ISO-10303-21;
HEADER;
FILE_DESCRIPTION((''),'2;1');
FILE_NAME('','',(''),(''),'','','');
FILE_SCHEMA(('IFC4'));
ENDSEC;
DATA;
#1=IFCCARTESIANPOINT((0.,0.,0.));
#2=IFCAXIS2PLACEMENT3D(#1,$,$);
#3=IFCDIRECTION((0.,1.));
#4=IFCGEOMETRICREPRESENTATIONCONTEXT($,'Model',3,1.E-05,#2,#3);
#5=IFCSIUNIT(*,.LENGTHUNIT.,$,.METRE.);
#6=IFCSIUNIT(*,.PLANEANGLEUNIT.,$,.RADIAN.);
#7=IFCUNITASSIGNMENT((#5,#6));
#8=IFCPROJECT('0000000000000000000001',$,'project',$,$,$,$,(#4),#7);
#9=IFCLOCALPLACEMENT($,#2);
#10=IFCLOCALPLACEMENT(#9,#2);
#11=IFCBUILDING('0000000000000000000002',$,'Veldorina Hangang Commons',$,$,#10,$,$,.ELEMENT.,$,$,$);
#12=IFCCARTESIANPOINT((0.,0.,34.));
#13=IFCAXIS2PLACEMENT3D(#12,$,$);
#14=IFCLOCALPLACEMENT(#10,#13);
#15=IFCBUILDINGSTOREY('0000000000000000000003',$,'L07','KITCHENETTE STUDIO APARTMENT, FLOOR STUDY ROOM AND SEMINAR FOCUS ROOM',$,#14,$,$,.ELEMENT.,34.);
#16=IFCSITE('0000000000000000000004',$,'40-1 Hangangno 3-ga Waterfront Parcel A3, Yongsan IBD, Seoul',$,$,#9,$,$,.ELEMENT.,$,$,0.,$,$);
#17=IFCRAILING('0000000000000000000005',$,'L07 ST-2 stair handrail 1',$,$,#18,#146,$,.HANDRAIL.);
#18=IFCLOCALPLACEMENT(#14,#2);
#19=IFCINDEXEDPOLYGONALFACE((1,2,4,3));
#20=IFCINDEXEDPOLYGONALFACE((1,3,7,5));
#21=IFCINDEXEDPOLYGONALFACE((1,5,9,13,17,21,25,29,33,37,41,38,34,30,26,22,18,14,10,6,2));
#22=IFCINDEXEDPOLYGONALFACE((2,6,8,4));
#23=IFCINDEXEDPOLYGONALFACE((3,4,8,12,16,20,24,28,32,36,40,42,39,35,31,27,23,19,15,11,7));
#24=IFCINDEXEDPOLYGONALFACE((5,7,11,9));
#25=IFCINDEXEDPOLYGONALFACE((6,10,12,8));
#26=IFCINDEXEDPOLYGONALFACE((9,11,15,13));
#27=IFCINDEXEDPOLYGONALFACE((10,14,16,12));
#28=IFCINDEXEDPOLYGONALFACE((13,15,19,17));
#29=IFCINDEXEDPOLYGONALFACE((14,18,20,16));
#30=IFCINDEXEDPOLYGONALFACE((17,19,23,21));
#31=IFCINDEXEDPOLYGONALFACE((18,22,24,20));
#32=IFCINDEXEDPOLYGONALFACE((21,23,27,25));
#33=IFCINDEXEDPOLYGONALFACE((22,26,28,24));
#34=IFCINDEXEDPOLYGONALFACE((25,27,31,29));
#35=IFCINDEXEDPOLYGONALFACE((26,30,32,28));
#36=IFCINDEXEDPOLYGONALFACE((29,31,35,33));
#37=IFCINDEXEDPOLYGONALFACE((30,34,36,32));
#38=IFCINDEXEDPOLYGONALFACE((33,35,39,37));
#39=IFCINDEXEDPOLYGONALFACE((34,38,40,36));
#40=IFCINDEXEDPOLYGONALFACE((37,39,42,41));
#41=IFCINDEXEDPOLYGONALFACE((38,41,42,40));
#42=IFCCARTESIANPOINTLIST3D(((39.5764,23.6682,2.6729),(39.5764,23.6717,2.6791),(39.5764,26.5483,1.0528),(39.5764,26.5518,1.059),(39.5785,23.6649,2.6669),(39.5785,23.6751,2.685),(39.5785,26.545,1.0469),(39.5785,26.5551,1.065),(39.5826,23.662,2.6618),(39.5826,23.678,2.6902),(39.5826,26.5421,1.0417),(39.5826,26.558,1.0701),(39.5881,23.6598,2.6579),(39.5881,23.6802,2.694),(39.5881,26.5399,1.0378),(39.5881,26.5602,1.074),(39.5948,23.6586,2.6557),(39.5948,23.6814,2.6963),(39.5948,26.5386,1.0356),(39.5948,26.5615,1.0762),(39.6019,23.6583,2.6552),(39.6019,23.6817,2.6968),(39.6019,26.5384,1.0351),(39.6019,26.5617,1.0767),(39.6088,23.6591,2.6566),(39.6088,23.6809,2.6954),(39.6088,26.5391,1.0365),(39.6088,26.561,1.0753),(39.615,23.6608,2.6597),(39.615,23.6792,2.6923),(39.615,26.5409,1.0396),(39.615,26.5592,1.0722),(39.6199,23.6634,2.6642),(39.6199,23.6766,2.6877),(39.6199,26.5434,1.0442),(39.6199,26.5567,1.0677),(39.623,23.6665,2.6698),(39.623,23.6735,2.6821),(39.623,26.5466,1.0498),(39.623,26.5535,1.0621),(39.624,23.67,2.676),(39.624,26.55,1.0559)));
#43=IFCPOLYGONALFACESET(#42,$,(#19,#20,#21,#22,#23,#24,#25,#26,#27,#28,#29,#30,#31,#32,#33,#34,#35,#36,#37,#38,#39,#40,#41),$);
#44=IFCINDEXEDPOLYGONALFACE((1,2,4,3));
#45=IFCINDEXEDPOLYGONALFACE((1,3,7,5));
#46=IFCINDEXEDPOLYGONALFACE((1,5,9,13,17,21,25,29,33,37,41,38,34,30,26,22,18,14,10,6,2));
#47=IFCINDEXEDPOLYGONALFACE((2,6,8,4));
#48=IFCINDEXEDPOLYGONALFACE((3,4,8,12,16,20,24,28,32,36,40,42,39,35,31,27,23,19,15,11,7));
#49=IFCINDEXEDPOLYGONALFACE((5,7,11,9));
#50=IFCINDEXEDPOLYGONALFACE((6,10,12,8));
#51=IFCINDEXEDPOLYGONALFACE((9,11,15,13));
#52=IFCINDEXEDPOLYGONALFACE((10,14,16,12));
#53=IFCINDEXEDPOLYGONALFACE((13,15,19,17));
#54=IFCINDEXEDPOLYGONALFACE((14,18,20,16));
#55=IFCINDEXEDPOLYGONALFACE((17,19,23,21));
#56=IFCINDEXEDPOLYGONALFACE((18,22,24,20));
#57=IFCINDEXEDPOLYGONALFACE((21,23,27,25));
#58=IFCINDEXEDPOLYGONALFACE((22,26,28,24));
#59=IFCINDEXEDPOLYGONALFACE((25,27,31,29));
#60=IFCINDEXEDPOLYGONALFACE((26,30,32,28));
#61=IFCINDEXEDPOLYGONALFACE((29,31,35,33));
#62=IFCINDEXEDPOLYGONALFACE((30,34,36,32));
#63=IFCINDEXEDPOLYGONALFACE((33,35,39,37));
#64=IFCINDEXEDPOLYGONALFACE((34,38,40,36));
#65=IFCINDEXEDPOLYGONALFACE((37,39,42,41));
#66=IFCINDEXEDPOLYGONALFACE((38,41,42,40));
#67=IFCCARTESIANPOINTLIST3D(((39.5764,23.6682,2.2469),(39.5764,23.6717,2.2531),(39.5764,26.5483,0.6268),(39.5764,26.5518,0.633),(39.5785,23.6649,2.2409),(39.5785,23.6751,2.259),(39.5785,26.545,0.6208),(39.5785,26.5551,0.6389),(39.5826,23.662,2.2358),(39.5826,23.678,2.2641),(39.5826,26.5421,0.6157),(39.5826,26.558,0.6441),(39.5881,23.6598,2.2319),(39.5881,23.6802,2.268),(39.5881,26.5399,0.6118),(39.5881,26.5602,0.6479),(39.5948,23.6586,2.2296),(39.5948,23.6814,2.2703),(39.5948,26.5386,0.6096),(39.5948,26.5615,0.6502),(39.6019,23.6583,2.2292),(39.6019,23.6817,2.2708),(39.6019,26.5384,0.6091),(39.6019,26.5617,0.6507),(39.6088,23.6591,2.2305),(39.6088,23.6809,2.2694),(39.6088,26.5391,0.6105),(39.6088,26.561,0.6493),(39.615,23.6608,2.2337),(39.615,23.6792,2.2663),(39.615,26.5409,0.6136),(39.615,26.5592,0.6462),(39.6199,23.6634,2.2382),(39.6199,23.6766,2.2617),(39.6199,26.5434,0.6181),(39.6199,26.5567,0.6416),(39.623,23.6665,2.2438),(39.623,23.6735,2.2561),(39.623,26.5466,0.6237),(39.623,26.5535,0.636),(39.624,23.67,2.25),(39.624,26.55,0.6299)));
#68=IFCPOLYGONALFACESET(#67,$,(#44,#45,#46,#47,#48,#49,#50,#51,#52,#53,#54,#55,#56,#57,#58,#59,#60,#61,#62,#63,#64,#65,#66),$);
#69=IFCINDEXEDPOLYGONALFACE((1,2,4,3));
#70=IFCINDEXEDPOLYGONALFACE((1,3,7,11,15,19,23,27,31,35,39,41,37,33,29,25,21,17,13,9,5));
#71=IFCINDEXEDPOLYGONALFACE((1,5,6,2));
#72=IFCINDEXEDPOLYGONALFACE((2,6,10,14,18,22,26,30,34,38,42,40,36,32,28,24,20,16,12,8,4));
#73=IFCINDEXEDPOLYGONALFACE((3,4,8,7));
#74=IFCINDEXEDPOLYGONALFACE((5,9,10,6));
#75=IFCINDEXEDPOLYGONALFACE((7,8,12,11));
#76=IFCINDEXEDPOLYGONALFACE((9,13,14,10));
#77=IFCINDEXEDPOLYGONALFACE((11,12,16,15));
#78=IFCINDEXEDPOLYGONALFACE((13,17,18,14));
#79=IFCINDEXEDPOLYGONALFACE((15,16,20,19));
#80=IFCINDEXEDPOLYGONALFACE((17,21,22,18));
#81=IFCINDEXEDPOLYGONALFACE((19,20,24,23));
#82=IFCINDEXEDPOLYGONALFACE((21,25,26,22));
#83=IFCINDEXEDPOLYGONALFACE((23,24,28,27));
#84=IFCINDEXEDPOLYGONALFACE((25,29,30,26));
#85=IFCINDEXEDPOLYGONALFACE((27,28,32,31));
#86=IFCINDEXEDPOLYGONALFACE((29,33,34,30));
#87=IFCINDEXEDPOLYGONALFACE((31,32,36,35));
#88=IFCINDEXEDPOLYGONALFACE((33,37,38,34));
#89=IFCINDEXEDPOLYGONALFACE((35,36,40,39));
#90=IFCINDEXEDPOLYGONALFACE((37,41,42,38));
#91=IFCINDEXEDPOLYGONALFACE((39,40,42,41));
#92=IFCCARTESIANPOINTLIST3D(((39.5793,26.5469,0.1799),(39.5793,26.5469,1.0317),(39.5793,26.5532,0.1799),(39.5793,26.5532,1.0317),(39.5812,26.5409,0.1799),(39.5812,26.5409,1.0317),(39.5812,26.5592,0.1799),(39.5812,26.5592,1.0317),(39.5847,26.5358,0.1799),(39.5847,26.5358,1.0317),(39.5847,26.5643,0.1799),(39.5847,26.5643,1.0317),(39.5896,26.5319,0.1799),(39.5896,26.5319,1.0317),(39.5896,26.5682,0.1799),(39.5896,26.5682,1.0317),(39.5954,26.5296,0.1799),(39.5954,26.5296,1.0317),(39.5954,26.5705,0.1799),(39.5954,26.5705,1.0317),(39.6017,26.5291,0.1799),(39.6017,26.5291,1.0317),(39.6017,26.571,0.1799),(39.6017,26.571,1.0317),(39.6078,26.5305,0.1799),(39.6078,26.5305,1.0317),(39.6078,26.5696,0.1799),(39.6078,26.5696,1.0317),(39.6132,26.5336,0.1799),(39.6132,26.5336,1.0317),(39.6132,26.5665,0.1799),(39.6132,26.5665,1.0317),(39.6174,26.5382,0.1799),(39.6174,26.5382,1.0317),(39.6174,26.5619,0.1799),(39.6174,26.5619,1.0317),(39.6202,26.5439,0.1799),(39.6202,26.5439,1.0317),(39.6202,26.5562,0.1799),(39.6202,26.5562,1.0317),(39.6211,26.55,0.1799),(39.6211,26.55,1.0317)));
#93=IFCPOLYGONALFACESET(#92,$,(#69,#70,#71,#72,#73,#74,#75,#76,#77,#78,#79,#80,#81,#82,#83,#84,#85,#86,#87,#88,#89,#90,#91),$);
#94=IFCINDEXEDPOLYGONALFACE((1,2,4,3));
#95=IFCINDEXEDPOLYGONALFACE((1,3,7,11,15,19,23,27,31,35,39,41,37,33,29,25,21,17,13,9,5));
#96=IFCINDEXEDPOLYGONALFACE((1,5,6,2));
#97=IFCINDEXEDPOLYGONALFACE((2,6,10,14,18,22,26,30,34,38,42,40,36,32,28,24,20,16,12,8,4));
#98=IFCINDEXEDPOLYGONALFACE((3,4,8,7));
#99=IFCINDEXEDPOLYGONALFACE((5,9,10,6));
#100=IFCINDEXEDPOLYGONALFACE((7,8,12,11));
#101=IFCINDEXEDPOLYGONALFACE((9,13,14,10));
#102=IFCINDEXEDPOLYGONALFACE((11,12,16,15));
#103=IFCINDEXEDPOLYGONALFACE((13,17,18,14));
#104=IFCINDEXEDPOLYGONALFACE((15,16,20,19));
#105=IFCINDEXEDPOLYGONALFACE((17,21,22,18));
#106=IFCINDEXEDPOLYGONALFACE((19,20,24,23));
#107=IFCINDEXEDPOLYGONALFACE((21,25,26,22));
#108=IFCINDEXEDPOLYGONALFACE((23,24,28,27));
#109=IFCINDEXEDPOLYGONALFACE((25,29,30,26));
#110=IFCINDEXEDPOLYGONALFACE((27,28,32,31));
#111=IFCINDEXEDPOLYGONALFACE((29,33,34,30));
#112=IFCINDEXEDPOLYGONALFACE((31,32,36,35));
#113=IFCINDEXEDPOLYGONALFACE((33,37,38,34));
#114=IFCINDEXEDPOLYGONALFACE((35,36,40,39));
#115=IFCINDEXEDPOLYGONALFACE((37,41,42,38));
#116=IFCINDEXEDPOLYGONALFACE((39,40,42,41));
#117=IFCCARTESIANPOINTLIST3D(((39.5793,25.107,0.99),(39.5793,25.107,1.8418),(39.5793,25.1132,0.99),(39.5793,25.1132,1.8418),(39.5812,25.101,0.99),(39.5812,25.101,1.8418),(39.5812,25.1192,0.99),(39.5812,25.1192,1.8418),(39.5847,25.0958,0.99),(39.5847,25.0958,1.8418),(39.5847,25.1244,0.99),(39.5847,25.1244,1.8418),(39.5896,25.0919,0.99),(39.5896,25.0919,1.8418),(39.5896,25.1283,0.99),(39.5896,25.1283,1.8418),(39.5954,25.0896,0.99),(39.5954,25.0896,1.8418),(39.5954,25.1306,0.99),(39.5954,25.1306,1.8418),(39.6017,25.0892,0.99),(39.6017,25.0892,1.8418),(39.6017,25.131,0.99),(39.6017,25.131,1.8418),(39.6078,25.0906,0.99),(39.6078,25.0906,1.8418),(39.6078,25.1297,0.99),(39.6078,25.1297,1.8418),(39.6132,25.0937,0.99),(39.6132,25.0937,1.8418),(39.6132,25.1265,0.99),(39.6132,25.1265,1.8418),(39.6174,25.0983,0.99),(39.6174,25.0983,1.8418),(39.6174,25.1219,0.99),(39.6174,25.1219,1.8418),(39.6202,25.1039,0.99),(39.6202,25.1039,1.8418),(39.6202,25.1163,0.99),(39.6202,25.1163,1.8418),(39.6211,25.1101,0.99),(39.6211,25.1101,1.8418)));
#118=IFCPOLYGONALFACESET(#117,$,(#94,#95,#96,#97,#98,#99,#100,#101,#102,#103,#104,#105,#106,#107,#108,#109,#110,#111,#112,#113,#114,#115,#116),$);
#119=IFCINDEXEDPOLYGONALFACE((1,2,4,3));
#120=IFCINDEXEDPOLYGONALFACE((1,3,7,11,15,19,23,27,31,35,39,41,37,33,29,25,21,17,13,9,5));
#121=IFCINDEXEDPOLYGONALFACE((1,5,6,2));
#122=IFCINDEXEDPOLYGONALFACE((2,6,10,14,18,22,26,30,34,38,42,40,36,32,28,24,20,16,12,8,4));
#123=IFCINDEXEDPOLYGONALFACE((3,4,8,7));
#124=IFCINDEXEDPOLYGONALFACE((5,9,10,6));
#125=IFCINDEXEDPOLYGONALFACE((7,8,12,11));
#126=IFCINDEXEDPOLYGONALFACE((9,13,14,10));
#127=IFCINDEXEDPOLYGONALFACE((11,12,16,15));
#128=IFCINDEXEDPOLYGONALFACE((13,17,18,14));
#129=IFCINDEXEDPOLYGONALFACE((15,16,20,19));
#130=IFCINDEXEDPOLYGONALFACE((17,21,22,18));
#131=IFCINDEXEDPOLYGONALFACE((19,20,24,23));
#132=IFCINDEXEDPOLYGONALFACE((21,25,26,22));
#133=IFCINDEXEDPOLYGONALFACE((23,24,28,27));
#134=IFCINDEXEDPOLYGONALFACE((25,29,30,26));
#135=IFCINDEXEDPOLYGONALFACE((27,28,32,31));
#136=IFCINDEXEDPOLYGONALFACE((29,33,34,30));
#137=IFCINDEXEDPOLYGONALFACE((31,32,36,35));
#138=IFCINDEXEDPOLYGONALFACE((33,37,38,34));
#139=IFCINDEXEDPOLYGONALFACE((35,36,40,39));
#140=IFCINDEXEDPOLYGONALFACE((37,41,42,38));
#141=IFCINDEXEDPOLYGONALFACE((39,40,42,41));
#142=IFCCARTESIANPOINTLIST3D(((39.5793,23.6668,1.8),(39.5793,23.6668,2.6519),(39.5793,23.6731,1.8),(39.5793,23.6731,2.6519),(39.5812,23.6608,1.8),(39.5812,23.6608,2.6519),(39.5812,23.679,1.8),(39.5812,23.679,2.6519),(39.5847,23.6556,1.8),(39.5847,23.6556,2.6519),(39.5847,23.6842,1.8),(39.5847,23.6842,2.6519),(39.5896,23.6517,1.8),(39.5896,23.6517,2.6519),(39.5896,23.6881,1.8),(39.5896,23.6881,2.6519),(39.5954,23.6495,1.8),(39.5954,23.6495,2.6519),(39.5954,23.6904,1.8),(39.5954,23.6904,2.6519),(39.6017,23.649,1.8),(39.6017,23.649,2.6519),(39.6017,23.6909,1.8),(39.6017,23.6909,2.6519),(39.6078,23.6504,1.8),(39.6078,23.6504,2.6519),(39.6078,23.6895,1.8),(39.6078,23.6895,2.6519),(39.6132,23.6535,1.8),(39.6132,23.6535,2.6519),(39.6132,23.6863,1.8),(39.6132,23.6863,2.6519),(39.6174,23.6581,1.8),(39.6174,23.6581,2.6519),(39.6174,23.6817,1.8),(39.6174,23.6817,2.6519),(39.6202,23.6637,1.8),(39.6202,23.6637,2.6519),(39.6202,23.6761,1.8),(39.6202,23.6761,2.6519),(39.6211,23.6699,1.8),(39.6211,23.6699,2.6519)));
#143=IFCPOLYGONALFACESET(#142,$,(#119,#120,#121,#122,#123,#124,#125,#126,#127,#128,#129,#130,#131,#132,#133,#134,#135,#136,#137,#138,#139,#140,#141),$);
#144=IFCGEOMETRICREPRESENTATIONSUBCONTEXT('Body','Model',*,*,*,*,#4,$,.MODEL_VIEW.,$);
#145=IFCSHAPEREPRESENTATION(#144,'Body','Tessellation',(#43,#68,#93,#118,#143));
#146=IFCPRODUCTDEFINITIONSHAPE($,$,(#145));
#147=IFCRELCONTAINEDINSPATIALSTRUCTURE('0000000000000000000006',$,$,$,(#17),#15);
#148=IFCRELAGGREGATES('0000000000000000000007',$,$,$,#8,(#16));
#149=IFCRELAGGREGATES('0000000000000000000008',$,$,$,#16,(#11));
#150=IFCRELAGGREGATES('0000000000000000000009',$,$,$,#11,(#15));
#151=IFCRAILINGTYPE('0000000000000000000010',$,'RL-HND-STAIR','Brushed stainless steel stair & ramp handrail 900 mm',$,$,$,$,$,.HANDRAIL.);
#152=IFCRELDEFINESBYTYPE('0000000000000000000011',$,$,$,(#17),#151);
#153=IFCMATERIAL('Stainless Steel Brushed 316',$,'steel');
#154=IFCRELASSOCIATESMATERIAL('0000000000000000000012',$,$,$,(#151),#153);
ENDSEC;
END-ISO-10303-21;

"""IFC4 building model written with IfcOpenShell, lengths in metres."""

from ifc_helpers import new_model, si_unit, direction, frame, origin, origin_2d, place, context, subcontext, project, spatial, circle, extrude, material, type_object, element, save


model = new_model("IFC4")

# Units and contexts
model_context = context("Model", 3, precision=1e-05, world=origin(), true_north=direction((0.0, 1.0)))
body_context = subcontext(model_context, "Body", "Model", "MODEL_VIEW")
ifc_project = project(units=[si_unit("LENGTHUNIT", "METRE"), si_unit("PLANEANGLEUNIT", "RADIAN")], contexts=[model_context])

# Site, building, storey
site_placement = place(None, origin())
site = spatial("IfcSite", under=ifc_project, at=site_placement, Name="40-1 Hangangno 3-ga Waterfront Parcel A3, Yongsan IBD, Seoul", CompositionType="ELEMENT", RefElevation=0.0)
building_placement = place(site_placement, origin())
building = spatial("IfcBuilding", under=site, at=building_placement, Name="Veldorina Hangang Commons", CompositionType="ELEMENT")
storey_placement = place(building_placement, frame((0.0, 0.0, 34.0)))
storey = spatial("IfcBuildingStorey", under=building, at=storey_placement, Name="L07", Description="KITCHENETTE STUDIO APARTMENT, FLOOR STUDY ROOM AND SEMINAR FOCUS ROOM", CompositionType="ELEMENT", Elevation=34.0)

# Railing
ifc_material_1 = material(Name="Stainless Steel Brushed 316", Category="steel")
railing_type_1 = type_object("IfcRailingType", Name="RL-HND-STAIR", Description="Brushed stainless steel stair & ramp handrail 900 mm", PredefinedType="HANDRAIL", material=ifc_material_1)
railing_1_placement = place(storey_placement, frame((39.6001, 26.55, 0.1799)))
element("IfcRailing", 1, at=railing_1_placement, inside=storey, type_object=railing_type_1, Name="L07 ST-2 stair handrail 1", PredefinedType="HANDRAIL", context=body_context, shape_type="SweptSolid", body=[
    extrude(circle(Radius=0.0239, at=origin_2d()), frame((0.0, 0.0, 0.876), z_axis=(0.0, -0.87157, 0.490272), x_axis=(1.0, 0.0, 0.0)), (0.0, 0.0, 1.0), 3.3044),
    extrude(circle(Radius=0.0239, at=origin_2d()), frame((0.0, 0.0, 0.45), z_axis=(0.0, -0.87157, 0.490272), x_axis=(1.0, 0.0, 0.0)), (0.0, 0.0, 1.0), 3.3044),
    extrude(circle(Radius=0.021, at=origin_2d()), origin(), (0.0, 0.0, 1.0), 0.8518),
    extrude(circle(Radius=0.021, at=origin_2d()), frame((0.0, -1.4399, 0.8101)), (0.0, 0.0, 1.0), 0.8518),
    extrude(circle(Radius=0.021, at=origin_2d()), frame((0.0, -2.8801, 1.6201)), (0.0, 0.0, 1.0), 0.8518),
])

save(model, "model.ifc")
